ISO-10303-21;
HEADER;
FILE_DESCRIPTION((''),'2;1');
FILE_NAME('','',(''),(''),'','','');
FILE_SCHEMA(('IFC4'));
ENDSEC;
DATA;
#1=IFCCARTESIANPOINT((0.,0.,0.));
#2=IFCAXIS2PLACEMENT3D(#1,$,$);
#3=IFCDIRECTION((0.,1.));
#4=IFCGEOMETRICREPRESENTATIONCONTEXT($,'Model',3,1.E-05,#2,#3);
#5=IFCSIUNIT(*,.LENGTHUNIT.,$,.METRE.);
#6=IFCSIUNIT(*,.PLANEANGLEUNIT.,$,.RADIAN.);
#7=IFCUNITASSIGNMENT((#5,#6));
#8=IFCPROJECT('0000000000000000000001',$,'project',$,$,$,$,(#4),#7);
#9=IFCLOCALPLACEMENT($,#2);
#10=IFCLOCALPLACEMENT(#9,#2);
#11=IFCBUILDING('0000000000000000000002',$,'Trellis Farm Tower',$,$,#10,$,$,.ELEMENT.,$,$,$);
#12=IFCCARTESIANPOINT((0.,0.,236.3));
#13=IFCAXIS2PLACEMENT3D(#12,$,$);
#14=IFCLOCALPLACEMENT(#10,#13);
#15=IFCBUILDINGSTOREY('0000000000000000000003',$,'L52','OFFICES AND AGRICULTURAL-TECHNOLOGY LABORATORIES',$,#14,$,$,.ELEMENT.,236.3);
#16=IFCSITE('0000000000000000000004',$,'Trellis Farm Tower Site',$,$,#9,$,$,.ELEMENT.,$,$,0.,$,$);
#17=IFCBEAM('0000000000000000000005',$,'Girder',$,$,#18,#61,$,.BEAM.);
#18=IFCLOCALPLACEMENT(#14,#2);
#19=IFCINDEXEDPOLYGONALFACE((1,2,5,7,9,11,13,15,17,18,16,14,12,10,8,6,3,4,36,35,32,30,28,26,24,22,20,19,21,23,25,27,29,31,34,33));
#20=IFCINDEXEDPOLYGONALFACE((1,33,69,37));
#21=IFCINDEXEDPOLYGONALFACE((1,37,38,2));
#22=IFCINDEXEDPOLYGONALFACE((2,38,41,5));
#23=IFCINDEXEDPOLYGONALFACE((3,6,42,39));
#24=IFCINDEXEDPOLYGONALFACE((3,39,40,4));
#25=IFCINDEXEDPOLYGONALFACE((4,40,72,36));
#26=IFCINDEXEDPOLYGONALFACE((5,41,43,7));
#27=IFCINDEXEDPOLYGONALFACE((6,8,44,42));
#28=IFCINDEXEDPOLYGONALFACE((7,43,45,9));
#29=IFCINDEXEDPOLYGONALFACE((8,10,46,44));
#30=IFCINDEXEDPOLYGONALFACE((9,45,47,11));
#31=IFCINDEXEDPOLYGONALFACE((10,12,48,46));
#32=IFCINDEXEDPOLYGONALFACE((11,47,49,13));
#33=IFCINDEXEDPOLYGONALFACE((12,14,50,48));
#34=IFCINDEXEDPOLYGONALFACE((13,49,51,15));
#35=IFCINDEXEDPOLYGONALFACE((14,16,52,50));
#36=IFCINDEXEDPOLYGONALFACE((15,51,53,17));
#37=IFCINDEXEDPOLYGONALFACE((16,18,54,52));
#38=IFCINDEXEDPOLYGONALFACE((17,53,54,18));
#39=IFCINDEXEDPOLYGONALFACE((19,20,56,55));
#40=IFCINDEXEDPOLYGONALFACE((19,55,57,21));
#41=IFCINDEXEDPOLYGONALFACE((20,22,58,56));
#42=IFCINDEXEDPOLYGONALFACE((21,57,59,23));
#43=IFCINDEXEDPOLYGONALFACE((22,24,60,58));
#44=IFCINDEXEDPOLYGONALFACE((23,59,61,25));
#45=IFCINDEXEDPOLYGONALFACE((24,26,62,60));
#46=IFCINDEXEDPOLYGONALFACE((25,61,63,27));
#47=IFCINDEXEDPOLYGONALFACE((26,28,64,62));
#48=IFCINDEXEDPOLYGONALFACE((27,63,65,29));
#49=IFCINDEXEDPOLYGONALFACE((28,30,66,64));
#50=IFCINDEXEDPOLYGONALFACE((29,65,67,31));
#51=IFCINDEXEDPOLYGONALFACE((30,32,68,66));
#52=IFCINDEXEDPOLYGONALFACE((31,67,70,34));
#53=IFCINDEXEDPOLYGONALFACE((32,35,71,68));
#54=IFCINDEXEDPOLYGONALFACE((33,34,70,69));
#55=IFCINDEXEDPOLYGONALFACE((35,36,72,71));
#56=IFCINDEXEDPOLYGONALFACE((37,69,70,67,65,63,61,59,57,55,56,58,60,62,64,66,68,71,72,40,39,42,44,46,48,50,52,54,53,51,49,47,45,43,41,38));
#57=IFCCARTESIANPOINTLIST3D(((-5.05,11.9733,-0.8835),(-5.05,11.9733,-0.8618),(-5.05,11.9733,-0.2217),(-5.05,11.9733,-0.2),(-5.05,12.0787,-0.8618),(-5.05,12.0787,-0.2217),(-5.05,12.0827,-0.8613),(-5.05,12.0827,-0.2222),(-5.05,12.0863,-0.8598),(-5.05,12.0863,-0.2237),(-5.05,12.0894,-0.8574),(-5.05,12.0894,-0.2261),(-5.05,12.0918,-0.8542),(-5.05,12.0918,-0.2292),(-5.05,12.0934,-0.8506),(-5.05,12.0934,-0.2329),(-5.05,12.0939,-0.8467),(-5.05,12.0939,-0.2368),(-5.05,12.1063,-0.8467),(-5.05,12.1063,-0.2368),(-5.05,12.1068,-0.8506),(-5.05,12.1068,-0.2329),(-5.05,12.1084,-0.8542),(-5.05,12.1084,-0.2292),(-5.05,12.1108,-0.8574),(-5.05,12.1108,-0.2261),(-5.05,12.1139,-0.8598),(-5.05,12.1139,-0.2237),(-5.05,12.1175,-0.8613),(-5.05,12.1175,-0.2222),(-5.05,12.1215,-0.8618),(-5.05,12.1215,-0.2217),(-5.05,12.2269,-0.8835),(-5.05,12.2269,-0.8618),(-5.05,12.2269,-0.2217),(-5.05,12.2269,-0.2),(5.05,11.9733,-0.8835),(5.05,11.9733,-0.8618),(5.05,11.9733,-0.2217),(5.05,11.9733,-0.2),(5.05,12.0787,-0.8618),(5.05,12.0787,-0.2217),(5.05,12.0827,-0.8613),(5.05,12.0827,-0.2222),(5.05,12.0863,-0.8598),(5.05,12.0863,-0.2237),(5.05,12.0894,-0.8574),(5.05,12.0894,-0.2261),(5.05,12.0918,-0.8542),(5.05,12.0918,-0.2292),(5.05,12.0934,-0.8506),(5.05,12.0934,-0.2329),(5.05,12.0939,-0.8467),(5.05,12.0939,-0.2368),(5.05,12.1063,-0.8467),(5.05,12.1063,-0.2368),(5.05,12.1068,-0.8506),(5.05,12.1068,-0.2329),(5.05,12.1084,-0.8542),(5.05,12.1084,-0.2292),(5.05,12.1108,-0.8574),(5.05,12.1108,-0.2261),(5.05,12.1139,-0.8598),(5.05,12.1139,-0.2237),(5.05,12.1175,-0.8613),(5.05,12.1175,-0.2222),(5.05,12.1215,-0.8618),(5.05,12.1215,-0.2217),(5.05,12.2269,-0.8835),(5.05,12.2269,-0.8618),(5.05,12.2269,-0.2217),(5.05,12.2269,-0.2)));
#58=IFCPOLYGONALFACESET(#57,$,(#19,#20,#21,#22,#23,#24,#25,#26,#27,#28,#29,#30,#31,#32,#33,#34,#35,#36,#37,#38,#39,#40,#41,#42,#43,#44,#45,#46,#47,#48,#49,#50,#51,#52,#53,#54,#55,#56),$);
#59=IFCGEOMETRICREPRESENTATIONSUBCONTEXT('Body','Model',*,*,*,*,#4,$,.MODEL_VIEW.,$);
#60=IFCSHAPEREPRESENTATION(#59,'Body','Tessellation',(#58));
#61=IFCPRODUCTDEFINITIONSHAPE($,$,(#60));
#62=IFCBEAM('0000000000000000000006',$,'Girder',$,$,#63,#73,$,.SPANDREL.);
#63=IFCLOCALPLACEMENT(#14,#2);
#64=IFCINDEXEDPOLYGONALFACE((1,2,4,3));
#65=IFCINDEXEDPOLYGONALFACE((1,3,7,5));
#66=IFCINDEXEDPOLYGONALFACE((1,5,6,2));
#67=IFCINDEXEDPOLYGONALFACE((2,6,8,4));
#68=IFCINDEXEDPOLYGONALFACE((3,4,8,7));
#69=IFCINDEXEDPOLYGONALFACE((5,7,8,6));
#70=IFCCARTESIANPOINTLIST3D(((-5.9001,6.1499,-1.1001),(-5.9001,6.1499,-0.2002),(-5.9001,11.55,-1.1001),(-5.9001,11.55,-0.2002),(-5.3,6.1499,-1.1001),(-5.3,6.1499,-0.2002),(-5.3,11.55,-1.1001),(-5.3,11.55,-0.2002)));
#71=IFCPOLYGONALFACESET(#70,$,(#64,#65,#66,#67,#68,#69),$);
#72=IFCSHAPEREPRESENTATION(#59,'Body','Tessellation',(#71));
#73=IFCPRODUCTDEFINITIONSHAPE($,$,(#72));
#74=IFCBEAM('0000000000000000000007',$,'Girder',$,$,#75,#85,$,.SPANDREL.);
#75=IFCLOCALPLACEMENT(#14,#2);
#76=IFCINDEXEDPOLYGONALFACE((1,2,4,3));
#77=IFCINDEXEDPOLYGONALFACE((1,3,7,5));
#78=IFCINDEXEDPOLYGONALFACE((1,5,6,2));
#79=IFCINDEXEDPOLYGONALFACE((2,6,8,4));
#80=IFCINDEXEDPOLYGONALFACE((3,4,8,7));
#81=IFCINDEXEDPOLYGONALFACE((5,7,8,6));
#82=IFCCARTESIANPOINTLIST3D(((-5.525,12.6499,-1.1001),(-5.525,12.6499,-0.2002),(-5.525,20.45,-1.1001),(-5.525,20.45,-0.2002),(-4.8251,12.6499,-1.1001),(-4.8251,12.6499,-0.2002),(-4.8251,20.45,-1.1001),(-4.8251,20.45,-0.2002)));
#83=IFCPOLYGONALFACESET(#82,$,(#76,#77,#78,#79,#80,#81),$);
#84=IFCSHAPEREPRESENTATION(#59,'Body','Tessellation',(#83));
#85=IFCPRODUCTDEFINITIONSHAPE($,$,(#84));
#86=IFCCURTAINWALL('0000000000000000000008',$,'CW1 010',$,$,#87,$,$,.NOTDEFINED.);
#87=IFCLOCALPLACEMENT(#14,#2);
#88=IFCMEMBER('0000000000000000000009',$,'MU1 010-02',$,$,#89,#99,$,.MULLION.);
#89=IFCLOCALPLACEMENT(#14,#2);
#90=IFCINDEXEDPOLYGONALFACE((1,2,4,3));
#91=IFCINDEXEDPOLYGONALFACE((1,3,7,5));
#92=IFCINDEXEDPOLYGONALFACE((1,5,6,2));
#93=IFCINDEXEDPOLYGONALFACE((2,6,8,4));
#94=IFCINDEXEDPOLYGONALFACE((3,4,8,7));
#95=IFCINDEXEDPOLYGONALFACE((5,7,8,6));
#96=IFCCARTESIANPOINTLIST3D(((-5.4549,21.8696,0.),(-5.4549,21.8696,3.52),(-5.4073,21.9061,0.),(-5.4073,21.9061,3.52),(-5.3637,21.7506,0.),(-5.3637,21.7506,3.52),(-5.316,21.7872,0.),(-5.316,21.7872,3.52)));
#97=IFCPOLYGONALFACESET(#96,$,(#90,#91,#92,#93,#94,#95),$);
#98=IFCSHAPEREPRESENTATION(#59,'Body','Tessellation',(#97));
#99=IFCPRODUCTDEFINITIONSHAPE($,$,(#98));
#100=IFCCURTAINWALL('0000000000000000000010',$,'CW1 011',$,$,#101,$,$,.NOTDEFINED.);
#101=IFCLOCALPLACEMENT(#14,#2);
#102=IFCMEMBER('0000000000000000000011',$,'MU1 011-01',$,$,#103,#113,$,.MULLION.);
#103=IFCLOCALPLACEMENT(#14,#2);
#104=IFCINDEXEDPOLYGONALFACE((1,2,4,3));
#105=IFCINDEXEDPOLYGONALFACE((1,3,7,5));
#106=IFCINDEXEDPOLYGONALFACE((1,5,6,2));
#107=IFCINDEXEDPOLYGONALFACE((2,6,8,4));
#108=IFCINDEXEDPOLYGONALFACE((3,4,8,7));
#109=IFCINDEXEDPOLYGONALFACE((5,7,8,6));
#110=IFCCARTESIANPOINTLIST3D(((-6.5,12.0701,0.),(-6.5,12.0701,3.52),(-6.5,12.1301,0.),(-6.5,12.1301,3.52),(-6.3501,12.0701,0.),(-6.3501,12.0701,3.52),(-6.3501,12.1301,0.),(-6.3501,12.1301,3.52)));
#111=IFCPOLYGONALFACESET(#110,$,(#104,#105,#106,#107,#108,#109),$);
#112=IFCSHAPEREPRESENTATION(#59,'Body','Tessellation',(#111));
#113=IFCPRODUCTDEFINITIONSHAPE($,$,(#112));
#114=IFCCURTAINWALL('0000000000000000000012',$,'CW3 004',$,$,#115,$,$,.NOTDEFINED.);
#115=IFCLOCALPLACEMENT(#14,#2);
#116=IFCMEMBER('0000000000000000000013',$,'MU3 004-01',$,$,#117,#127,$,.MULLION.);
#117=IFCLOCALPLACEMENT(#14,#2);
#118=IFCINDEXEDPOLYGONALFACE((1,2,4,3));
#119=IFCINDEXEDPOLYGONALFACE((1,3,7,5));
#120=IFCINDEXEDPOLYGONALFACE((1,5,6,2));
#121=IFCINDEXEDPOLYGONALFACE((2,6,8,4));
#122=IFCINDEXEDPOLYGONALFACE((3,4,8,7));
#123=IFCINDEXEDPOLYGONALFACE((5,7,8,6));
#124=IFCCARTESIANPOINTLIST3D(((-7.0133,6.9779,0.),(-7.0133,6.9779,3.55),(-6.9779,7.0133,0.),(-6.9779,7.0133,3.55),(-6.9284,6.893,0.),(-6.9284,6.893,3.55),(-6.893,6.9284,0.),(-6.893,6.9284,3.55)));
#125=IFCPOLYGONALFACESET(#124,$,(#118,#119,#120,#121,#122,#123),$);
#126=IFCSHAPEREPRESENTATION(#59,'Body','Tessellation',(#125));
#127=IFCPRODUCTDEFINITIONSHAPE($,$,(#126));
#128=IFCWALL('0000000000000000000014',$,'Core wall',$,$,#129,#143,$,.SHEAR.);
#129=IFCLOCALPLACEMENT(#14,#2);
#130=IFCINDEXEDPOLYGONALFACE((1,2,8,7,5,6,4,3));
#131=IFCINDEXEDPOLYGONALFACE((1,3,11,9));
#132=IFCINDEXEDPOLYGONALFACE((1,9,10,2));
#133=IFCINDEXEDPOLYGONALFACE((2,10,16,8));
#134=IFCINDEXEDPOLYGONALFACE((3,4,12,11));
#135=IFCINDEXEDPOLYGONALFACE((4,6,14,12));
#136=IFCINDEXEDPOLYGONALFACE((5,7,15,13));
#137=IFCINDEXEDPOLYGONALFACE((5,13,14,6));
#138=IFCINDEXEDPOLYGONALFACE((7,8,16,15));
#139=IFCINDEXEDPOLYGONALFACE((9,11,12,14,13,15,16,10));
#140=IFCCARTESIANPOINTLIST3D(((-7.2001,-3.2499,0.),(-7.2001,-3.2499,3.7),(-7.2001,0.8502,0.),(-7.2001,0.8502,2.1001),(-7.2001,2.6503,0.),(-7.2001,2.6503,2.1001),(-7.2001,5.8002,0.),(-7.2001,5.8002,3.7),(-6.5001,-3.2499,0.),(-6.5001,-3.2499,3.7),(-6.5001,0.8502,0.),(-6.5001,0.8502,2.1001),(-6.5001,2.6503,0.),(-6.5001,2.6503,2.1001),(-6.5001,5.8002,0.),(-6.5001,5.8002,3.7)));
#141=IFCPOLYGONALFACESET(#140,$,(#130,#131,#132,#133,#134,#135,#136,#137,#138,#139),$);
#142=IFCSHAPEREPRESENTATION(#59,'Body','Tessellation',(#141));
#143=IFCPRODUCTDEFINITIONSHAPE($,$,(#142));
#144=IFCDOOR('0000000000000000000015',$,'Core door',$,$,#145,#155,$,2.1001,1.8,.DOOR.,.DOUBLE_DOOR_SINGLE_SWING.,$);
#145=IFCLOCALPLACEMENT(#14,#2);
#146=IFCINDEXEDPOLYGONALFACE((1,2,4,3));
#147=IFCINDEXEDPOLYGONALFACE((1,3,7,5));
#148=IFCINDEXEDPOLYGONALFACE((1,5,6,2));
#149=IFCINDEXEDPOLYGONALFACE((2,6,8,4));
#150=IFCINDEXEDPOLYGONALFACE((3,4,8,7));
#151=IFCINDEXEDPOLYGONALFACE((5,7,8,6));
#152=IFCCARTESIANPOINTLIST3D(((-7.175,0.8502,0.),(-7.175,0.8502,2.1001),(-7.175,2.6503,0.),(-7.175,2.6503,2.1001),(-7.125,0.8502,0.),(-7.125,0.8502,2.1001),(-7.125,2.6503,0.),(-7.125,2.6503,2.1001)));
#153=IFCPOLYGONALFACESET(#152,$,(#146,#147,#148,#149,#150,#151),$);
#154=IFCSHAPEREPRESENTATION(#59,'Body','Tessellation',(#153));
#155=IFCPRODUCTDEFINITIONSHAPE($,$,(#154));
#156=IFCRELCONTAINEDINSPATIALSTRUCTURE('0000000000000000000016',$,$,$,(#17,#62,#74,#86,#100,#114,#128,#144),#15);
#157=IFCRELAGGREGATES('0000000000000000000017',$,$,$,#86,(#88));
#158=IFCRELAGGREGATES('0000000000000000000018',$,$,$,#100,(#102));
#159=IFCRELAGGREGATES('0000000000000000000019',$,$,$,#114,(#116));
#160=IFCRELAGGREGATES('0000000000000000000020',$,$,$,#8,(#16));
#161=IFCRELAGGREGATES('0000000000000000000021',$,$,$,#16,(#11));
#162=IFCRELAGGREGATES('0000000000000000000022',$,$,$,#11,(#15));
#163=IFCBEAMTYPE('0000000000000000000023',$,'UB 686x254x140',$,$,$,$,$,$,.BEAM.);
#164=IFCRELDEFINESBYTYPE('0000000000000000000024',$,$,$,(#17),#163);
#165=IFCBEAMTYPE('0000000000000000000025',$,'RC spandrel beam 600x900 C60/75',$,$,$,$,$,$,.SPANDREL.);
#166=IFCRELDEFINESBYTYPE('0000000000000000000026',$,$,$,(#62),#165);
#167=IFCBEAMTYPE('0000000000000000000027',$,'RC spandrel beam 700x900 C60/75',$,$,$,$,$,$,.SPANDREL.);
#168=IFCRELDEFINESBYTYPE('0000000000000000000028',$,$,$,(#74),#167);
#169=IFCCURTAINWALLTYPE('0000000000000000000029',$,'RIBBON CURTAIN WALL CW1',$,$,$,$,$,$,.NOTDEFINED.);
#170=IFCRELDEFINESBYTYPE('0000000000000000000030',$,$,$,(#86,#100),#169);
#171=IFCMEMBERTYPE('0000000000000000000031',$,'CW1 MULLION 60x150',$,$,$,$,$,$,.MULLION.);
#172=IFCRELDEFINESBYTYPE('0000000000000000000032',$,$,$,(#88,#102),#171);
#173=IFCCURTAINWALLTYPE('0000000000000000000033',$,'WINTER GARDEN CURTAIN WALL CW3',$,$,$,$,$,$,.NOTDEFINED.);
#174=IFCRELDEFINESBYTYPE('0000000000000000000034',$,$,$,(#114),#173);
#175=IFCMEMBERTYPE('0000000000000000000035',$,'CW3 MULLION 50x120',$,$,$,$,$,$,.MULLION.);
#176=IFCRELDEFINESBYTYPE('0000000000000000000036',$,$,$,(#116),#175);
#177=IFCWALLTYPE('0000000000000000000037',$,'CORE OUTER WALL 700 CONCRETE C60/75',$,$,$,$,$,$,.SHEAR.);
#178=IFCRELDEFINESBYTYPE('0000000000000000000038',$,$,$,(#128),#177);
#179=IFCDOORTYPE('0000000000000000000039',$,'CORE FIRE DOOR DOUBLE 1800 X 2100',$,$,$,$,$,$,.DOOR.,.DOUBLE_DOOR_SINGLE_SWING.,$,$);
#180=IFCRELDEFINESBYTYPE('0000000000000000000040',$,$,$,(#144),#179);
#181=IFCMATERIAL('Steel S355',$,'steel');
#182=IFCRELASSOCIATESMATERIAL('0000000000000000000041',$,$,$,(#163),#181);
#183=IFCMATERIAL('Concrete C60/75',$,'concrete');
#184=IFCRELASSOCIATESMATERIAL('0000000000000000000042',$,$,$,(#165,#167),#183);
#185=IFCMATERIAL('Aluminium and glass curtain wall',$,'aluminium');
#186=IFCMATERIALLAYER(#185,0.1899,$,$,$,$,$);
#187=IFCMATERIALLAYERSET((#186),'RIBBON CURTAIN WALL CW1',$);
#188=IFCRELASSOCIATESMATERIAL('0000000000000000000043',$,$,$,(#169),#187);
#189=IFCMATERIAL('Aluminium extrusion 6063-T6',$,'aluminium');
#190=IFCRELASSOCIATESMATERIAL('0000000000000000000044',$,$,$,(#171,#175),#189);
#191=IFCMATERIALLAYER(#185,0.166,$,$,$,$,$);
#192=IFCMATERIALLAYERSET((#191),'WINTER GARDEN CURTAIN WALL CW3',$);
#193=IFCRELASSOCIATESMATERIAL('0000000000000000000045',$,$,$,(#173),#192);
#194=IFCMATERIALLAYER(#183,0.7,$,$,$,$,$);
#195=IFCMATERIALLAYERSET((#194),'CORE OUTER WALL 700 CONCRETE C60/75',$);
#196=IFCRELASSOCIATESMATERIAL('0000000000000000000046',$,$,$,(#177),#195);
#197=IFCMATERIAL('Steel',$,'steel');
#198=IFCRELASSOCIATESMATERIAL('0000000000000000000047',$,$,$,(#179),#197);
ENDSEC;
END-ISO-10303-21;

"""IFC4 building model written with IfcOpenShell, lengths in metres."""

from ifc_helpers import new_model, si_unit, direction, frame, frame_2d, origin, origin_2d, place, context, subcontext, project, spatial, rectangle, i_section, extrude, source, transform, mapped, material, layer, layer_set, material_profile, profile_set, type_object, element, fill, aggregate, save


model = new_model("IFC4")

# Units and contexts
model_context = context("Model", 3, precision=1e-05, world=origin(), true_north=direction((0.0, 1.0)))
body_context = subcontext(model_context, "Body", "Model", "MODEL_VIEW")
ifc_project = project(units=[si_unit("LENGTHUNIT", "METRE"), si_unit("PLANEANGLEUNIT", "RADIAN")], contexts=[model_context])

# Site, building, storey
site_placement = place(None, origin())
site = spatial("IfcSite", under=ifc_project, at=site_placement, Name="Trellis Farm Tower Site", CompositionType="ELEMENT", RefElevation=0.0)
building_placement = place(site_placement, origin())
building = spatial("IfcBuilding", under=site, at=building_placement, Name="Trellis Farm Tower", CompositionType="ELEMENT")
storey_placement = place(building_placement, frame((0.0, 0.0, 236.3)))
storey = spatial("IfcBuildingStorey", under=building, at=storey_placement, Name="L52", Description="OFFICES AND AGRICULTURAL-TECHNOLOGY LABORATORIES", CompositionType="ELEMENT", Elevation=236.3)

# Shared definitions
ifc_material_1 = material(Name="Concrete C60/75", Category="concrete")

# Beams
ifc_material_2 = material(Name="Steel S355", Category="steel")
ifc_material_profile_1 = material_profile(ifc_material_2, i_section(OverallWidth=0.2537, OverallDepth=0.6836, WebThickness=0.0125, FlangeThickness=0.0217, FilletRadius=0.0151, at=origin_2d()), Name="UB 686x254x140")
ifc_profile_set_1 = profile_set([ifc_material_profile_1], Name="Steel S355")
beam_type_1 = type_object("IfcBeamType", Name="UB 686x254x140", PredefinedType="BEAM", material=ifc_profile_set_1)
shared_shape_1 = source(origin(), body_context, "Body", "SweptSolid", [
    extrude(i_section(OverallWidth=0.2537, OverallDepth=0.6836, WebThickness=0.0125, FlangeThickness=0.0217, FilletRadius=0.0151, at=origin_2d()), origin(), (0.0, 0.0, 1.0), 10.1001),
])
for number, where, z_axis, x_axis, name in (
    (1, (-5.05, 12.1001, -0.5417), (1.0, 0.0, 0.0), (0.0, 1.0, 0.0), "Girder"),
):
    element("IfcBeam", number, at=place(storey_placement, frame(where, z_axis=z_axis, x_axis=x_axis)), inside=storey, type_object=beam_type_1, Name=name, PredefinedType="BEAM", context=body_context, shape_type="MappedRepresentation", body=[
        mapped(shared_shape_1, transform((0.0, 0.0, 0.0))),
    ])
ifc_material_profile_2 = material_profile(ifc_material_1, rectangle(XDim=0.6001, YDim=0.8999, at=origin_2d()), Name="RC spandrel beam 600x900 C60/75")
ifc_profile_set_2 = profile_set([ifc_material_profile_2], Name="Concrete C60/75")
beam_type_2 = type_object("IfcBeamType", Name="RC spandrel beam 600x900 C60/75", PredefinedType="SPANDREL", material=ifc_profile_set_2)
shared_shape_2 = source(origin(), body_context, "Body", "SweptSolid", [
    extrude(rectangle(XDim=0.6001, YDim=0.8999, at=origin_2d()), origin(), (0.0, 0.0, 1.0), 5.4001),
])
beam_1_placement = place(storey_placement, frame((-5.6001, 6.1499, -0.6501), z_axis=(0.0, 1.0, 0.0), x_axis=(-1.0, 0.0, 0.0)))
element("IfcBeam", 2, at=beam_1_placement, inside=storey, type_object=beam_type_2, Name="Girder", PredefinedType="SPANDREL", context=body_context, shape_type="MappedRepresentation", body=[
    mapped(shared_shape_2, transform((0.0, 0.0, 0.0))),
])
ifc_material_profile_3 = material_profile(ifc_material_1, rectangle(XDim=0.7, YDim=0.8999, at=origin_2d()), Name="RC spandrel beam 700x900 C60/75")
ifc_profile_set_3 = profile_set([ifc_material_profile_3], Name="Concrete C60/75")
beam_type_3 = type_object("IfcBeamType", Name="RC spandrel beam 700x900 C60/75", PredefinedType="SPANDREL", material=ifc_profile_set_3)
shared_shape_3 = source(origin(), body_context, "Body", "SweptSolid", [
    extrude(rectangle(XDim=0.7, YDim=0.8999, at=origin_2d()), origin(), (0.0, 0.0, 1.0), 7.8),
])
beam_2_placement = place(storey_placement, frame((-5.175, 12.6499, -0.6501), z_axis=(0.0, 1.0, 0.0), x_axis=(-1.0, 0.0, 0.0)))
element("IfcBeam", 3, at=beam_2_placement, inside=storey, type_object=beam_type_3, Name="Girder", PredefinedType="SPANDREL", context=body_context, shape_type="MappedRepresentation", body=[
    mapped(shared_shape_3, transform((0.0, 0.0, 0.0))),
])

# Curtain walls, members
ifc_material_3 = material(Name="Aluminium and glass curtain wall", Category="aluminium")
ifc_layer_1 = layer(ifc_material_3, 0.1899)
ifc_layer_set_1 = layer_set([ifc_layer_1], Name="RIBBON CURTAIN WALL CW1")
curtain_wall_type_1 = type_object("IfcCurtainWallType", Name="RIBBON CURTAIN WALL CW1", PredefinedType="NOTDEFINED", material=ifc_layer_set_1)
placement = place(storey_placement, origin())
curtain_wall_1 = element("IfcCurtainWall", 4, at=placement, inside=storey, type_object=curtain_wall_type_1, Name="CW1 010", PredefinedType="NOTDEFINED")
ifc_material_4 = material(Name="Aluminium extrusion 6063-T6", Category="aluminium")
ifc_material_profile_4 = material_profile(ifc_material_4, rectangle(XDim=0.0601, YDim=0.1499, at=origin_2d()), Name="MULLION 60x150")
ifc_profile_set_4 = profile_set([ifc_material_profile_4], Name="Aluminium extrusion 6063-T6")
member_type_1 = type_object("IfcMemberType", Name="CW1 MULLION 60x150", PredefinedType="MULLION", material=ifc_profile_set_4)
shared_shape_4 = source(origin(), body_context, "Body", "SweptSolid", [
    extrude(rectangle(XDim=0.0601, YDim=0.1499, at=origin_2d()), origin(), (0.0, 0.0, 1.0), 3.52),
])
member_1_placement = place(storey_placement, frame((-5.3855, 21.8284, 0.0), z_axis=(0.0, 0.0, 1.0), x_axis=(-0.793353, -0.608761, 0.0)))
member_1 = element("IfcMember", 5, at=member_1_placement, type_object=member_type_1, Name="MU1 010-02", PredefinedType="MULLION", context=body_context, shape_type="MappedRepresentation", body=[
    mapped(shared_shape_4, transform((0.0, 0.0, 0.0))),
])
aggregate(curtain_wall_1, [member_1])
curtain_wall_2 = element("IfcCurtainWall", 6, at=placement, inside=storey, type_object=curtain_wall_type_1, Name="CW1 011", PredefinedType="NOTDEFINED")
member_2_placement = place(storey_placement, frame((-6.425, 12.1001, 0.0), z_axis=(0.0, 0.0, 1.0), x_axis=(0.0, -1.0, 0.0)))
member_2 = element("IfcMember", 7, at=member_2_placement, type_object=member_type_1, Name="MU1 011-01", PredefinedType="MULLION", context=body_context, shape_type="MappedRepresentation", body=[
    mapped(shared_shape_4, transform((0.0, 0.0, 0.0))),
])
aggregate(curtain_wall_2, [member_2])
ifc_layer_2 = layer(ifc_material_3, 0.166)
ifc_layer_set_2 = layer_set([ifc_layer_2], Name="WINTER GARDEN CURTAIN WALL CW3")
curtain_wall_type_2 = type_object("IfcCurtainWallType", Name="WINTER GARDEN CURTAIN WALL CW3", PredefinedType="NOTDEFINED", material=ifc_layer_set_2)
curtain_wall_3 = element("IfcCurtainWall", 8, at=placement, inside=storey, type_object=curtain_wall_type_2, Name="CW3 004", PredefinedType="NOTDEFINED")
ifc_material_profile_5 = material_profile(ifc_material_4, rectangle(XDim=0.05, YDim=0.1201, at=origin_2d()), Name="MULLION 50x120")
ifc_profile_set_5 = profile_set([ifc_material_profile_5], Name="Aluminium extrusion 6063-T6")
member_type_2 = type_object("IfcMemberType", Name="CW3 MULLION 50x120", PredefinedType="MULLION", material=ifc_profile_set_5)
shared_shape_5 = source(origin(), body_context, "Body", "SweptSolid", [
    extrude(rectangle(XDim=0.05, YDim=0.1201, at=origin_2d()), origin(), (0.0, 0.0, 1.0), 3.55),
])
member_3_placement = place(storey_placement, frame((-6.9531, 6.9531, 0.0), z_axis=(0.0, 0.0, 1.0), x_axis=(-0.707107, -0.707107, 0.0)))
member_3 = element("IfcMember", 9, at=member_3_placement, type_object=member_type_2, Name="MU3 004-01", PredefinedType="MULLION", context=body_context, shape_type="MappedRepresentation", body=[
    mapped(shared_shape_5, transform((0.0, 0.0, 0.0))),
])
aggregate(curtain_wall_3, [member_3])

# Wall, opening, door
ifc_layer_3 = layer(ifc_material_1, 0.7)
ifc_layer_set_3 = layer_set([ifc_layer_3], Name="CORE OUTER WALL 700 CONCRETE C60/75")
wall_type_1 = type_object("IfcWallType", Name="CORE OUTER WALL 700 CONCRETE C60/75", PredefinedType="SHEAR", material=ifc_layer_set_3)
shared_shape_6 = source(origin(), body_context, "Body", "SweptSolid", [
    extrude(rectangle(XDim=9.05, YDim=0.7, at=frame_2d((4.5249, 0.0))), origin(), (0.0, 0.0, 1.0), 3.7),
])
wall_1_placement = place(storey_placement, frame((-6.8501, 5.8, 0.0), z_axis=(0.0, 0.0, 1.0), x_axis=(0.0, -1.0, 0.0)))
wall_1 = element("IfcWall", 10, at=wall_1_placement, inside=storey, type_object=wall_type_1, Name="Core wall", PredefinedType="SHEAR", context=body_context, shape_type="MappedRepresentation", body=[
    mapped(shared_shape_6, transform((0.0, 0.0, 0.0))),
])
shared_shape_7 = source(origin(), body_context, "Body", "SweptSolid", [
    extrude(rectangle(XDim=1.8, YDim=2.1001, at=frame_2d((0.8999, 1.05))), frame((0.0, 0.3601, 0.0), z_axis=(0.0, -1.0, 0.0), x_axis=(1.0, 0.0, 0.0)), (0.0, 0.0, 1.0), 0.7202),
])
opening_1_placement = place(wall_1_placement, frame((3.1499, 0.0, 0.0)))
opening_1 = element("IfcOpeningElement", 11, at=opening_1_placement, cuts=wall_1, PredefinedType="OPENING", context=body_context, shape_type="MappedRepresentation", body=[
    mapped(shared_shape_7, transform((0.0, 0.0, 0.0))),
])
ifc_material_5 = material(Name="Steel", Category="steel")
door_type_1 = type_object("IfcDoorType", Name="CORE FIRE DOOR DOUBLE 1800 X 2100", OperationType="DOUBLE_DOOR_SINGLE_SWING", PredefinedType="DOOR", material=ifc_material_5)
shared_shape_8 = source(origin(), body_context, "Body", "SweptSolid", [
    extrude(rectangle(XDim=1.8, YDim=2.1001, at=frame_2d((0.8999, 1.05))), frame((0.0, -0.2749, 0.0), z_axis=(0.0, -1.0, 0.0), x_axis=(1.0, 0.0, 0.0)), (0.0, 0.0, 1.0), 0.05),
])
door_1_placement = place(opening_1_placement, origin())
door_1 = element("IfcDoor", 12, at=door_1_placement, inside=storey, type_object=door_type_1, Name="Core door", OperationType="DOUBLE_DOOR_SINGLE_SWING", OverallHeight=2.1001, OverallWidth=1.8, PredefinedType="DOOR", context=body_context, shape_type="MappedRepresentation", body=[
    mapped(shared_shape_8, transform((0.0, 0.0, 0.0))),
])
fill(opening_1, door_1)

save(model, "model.ifc")
